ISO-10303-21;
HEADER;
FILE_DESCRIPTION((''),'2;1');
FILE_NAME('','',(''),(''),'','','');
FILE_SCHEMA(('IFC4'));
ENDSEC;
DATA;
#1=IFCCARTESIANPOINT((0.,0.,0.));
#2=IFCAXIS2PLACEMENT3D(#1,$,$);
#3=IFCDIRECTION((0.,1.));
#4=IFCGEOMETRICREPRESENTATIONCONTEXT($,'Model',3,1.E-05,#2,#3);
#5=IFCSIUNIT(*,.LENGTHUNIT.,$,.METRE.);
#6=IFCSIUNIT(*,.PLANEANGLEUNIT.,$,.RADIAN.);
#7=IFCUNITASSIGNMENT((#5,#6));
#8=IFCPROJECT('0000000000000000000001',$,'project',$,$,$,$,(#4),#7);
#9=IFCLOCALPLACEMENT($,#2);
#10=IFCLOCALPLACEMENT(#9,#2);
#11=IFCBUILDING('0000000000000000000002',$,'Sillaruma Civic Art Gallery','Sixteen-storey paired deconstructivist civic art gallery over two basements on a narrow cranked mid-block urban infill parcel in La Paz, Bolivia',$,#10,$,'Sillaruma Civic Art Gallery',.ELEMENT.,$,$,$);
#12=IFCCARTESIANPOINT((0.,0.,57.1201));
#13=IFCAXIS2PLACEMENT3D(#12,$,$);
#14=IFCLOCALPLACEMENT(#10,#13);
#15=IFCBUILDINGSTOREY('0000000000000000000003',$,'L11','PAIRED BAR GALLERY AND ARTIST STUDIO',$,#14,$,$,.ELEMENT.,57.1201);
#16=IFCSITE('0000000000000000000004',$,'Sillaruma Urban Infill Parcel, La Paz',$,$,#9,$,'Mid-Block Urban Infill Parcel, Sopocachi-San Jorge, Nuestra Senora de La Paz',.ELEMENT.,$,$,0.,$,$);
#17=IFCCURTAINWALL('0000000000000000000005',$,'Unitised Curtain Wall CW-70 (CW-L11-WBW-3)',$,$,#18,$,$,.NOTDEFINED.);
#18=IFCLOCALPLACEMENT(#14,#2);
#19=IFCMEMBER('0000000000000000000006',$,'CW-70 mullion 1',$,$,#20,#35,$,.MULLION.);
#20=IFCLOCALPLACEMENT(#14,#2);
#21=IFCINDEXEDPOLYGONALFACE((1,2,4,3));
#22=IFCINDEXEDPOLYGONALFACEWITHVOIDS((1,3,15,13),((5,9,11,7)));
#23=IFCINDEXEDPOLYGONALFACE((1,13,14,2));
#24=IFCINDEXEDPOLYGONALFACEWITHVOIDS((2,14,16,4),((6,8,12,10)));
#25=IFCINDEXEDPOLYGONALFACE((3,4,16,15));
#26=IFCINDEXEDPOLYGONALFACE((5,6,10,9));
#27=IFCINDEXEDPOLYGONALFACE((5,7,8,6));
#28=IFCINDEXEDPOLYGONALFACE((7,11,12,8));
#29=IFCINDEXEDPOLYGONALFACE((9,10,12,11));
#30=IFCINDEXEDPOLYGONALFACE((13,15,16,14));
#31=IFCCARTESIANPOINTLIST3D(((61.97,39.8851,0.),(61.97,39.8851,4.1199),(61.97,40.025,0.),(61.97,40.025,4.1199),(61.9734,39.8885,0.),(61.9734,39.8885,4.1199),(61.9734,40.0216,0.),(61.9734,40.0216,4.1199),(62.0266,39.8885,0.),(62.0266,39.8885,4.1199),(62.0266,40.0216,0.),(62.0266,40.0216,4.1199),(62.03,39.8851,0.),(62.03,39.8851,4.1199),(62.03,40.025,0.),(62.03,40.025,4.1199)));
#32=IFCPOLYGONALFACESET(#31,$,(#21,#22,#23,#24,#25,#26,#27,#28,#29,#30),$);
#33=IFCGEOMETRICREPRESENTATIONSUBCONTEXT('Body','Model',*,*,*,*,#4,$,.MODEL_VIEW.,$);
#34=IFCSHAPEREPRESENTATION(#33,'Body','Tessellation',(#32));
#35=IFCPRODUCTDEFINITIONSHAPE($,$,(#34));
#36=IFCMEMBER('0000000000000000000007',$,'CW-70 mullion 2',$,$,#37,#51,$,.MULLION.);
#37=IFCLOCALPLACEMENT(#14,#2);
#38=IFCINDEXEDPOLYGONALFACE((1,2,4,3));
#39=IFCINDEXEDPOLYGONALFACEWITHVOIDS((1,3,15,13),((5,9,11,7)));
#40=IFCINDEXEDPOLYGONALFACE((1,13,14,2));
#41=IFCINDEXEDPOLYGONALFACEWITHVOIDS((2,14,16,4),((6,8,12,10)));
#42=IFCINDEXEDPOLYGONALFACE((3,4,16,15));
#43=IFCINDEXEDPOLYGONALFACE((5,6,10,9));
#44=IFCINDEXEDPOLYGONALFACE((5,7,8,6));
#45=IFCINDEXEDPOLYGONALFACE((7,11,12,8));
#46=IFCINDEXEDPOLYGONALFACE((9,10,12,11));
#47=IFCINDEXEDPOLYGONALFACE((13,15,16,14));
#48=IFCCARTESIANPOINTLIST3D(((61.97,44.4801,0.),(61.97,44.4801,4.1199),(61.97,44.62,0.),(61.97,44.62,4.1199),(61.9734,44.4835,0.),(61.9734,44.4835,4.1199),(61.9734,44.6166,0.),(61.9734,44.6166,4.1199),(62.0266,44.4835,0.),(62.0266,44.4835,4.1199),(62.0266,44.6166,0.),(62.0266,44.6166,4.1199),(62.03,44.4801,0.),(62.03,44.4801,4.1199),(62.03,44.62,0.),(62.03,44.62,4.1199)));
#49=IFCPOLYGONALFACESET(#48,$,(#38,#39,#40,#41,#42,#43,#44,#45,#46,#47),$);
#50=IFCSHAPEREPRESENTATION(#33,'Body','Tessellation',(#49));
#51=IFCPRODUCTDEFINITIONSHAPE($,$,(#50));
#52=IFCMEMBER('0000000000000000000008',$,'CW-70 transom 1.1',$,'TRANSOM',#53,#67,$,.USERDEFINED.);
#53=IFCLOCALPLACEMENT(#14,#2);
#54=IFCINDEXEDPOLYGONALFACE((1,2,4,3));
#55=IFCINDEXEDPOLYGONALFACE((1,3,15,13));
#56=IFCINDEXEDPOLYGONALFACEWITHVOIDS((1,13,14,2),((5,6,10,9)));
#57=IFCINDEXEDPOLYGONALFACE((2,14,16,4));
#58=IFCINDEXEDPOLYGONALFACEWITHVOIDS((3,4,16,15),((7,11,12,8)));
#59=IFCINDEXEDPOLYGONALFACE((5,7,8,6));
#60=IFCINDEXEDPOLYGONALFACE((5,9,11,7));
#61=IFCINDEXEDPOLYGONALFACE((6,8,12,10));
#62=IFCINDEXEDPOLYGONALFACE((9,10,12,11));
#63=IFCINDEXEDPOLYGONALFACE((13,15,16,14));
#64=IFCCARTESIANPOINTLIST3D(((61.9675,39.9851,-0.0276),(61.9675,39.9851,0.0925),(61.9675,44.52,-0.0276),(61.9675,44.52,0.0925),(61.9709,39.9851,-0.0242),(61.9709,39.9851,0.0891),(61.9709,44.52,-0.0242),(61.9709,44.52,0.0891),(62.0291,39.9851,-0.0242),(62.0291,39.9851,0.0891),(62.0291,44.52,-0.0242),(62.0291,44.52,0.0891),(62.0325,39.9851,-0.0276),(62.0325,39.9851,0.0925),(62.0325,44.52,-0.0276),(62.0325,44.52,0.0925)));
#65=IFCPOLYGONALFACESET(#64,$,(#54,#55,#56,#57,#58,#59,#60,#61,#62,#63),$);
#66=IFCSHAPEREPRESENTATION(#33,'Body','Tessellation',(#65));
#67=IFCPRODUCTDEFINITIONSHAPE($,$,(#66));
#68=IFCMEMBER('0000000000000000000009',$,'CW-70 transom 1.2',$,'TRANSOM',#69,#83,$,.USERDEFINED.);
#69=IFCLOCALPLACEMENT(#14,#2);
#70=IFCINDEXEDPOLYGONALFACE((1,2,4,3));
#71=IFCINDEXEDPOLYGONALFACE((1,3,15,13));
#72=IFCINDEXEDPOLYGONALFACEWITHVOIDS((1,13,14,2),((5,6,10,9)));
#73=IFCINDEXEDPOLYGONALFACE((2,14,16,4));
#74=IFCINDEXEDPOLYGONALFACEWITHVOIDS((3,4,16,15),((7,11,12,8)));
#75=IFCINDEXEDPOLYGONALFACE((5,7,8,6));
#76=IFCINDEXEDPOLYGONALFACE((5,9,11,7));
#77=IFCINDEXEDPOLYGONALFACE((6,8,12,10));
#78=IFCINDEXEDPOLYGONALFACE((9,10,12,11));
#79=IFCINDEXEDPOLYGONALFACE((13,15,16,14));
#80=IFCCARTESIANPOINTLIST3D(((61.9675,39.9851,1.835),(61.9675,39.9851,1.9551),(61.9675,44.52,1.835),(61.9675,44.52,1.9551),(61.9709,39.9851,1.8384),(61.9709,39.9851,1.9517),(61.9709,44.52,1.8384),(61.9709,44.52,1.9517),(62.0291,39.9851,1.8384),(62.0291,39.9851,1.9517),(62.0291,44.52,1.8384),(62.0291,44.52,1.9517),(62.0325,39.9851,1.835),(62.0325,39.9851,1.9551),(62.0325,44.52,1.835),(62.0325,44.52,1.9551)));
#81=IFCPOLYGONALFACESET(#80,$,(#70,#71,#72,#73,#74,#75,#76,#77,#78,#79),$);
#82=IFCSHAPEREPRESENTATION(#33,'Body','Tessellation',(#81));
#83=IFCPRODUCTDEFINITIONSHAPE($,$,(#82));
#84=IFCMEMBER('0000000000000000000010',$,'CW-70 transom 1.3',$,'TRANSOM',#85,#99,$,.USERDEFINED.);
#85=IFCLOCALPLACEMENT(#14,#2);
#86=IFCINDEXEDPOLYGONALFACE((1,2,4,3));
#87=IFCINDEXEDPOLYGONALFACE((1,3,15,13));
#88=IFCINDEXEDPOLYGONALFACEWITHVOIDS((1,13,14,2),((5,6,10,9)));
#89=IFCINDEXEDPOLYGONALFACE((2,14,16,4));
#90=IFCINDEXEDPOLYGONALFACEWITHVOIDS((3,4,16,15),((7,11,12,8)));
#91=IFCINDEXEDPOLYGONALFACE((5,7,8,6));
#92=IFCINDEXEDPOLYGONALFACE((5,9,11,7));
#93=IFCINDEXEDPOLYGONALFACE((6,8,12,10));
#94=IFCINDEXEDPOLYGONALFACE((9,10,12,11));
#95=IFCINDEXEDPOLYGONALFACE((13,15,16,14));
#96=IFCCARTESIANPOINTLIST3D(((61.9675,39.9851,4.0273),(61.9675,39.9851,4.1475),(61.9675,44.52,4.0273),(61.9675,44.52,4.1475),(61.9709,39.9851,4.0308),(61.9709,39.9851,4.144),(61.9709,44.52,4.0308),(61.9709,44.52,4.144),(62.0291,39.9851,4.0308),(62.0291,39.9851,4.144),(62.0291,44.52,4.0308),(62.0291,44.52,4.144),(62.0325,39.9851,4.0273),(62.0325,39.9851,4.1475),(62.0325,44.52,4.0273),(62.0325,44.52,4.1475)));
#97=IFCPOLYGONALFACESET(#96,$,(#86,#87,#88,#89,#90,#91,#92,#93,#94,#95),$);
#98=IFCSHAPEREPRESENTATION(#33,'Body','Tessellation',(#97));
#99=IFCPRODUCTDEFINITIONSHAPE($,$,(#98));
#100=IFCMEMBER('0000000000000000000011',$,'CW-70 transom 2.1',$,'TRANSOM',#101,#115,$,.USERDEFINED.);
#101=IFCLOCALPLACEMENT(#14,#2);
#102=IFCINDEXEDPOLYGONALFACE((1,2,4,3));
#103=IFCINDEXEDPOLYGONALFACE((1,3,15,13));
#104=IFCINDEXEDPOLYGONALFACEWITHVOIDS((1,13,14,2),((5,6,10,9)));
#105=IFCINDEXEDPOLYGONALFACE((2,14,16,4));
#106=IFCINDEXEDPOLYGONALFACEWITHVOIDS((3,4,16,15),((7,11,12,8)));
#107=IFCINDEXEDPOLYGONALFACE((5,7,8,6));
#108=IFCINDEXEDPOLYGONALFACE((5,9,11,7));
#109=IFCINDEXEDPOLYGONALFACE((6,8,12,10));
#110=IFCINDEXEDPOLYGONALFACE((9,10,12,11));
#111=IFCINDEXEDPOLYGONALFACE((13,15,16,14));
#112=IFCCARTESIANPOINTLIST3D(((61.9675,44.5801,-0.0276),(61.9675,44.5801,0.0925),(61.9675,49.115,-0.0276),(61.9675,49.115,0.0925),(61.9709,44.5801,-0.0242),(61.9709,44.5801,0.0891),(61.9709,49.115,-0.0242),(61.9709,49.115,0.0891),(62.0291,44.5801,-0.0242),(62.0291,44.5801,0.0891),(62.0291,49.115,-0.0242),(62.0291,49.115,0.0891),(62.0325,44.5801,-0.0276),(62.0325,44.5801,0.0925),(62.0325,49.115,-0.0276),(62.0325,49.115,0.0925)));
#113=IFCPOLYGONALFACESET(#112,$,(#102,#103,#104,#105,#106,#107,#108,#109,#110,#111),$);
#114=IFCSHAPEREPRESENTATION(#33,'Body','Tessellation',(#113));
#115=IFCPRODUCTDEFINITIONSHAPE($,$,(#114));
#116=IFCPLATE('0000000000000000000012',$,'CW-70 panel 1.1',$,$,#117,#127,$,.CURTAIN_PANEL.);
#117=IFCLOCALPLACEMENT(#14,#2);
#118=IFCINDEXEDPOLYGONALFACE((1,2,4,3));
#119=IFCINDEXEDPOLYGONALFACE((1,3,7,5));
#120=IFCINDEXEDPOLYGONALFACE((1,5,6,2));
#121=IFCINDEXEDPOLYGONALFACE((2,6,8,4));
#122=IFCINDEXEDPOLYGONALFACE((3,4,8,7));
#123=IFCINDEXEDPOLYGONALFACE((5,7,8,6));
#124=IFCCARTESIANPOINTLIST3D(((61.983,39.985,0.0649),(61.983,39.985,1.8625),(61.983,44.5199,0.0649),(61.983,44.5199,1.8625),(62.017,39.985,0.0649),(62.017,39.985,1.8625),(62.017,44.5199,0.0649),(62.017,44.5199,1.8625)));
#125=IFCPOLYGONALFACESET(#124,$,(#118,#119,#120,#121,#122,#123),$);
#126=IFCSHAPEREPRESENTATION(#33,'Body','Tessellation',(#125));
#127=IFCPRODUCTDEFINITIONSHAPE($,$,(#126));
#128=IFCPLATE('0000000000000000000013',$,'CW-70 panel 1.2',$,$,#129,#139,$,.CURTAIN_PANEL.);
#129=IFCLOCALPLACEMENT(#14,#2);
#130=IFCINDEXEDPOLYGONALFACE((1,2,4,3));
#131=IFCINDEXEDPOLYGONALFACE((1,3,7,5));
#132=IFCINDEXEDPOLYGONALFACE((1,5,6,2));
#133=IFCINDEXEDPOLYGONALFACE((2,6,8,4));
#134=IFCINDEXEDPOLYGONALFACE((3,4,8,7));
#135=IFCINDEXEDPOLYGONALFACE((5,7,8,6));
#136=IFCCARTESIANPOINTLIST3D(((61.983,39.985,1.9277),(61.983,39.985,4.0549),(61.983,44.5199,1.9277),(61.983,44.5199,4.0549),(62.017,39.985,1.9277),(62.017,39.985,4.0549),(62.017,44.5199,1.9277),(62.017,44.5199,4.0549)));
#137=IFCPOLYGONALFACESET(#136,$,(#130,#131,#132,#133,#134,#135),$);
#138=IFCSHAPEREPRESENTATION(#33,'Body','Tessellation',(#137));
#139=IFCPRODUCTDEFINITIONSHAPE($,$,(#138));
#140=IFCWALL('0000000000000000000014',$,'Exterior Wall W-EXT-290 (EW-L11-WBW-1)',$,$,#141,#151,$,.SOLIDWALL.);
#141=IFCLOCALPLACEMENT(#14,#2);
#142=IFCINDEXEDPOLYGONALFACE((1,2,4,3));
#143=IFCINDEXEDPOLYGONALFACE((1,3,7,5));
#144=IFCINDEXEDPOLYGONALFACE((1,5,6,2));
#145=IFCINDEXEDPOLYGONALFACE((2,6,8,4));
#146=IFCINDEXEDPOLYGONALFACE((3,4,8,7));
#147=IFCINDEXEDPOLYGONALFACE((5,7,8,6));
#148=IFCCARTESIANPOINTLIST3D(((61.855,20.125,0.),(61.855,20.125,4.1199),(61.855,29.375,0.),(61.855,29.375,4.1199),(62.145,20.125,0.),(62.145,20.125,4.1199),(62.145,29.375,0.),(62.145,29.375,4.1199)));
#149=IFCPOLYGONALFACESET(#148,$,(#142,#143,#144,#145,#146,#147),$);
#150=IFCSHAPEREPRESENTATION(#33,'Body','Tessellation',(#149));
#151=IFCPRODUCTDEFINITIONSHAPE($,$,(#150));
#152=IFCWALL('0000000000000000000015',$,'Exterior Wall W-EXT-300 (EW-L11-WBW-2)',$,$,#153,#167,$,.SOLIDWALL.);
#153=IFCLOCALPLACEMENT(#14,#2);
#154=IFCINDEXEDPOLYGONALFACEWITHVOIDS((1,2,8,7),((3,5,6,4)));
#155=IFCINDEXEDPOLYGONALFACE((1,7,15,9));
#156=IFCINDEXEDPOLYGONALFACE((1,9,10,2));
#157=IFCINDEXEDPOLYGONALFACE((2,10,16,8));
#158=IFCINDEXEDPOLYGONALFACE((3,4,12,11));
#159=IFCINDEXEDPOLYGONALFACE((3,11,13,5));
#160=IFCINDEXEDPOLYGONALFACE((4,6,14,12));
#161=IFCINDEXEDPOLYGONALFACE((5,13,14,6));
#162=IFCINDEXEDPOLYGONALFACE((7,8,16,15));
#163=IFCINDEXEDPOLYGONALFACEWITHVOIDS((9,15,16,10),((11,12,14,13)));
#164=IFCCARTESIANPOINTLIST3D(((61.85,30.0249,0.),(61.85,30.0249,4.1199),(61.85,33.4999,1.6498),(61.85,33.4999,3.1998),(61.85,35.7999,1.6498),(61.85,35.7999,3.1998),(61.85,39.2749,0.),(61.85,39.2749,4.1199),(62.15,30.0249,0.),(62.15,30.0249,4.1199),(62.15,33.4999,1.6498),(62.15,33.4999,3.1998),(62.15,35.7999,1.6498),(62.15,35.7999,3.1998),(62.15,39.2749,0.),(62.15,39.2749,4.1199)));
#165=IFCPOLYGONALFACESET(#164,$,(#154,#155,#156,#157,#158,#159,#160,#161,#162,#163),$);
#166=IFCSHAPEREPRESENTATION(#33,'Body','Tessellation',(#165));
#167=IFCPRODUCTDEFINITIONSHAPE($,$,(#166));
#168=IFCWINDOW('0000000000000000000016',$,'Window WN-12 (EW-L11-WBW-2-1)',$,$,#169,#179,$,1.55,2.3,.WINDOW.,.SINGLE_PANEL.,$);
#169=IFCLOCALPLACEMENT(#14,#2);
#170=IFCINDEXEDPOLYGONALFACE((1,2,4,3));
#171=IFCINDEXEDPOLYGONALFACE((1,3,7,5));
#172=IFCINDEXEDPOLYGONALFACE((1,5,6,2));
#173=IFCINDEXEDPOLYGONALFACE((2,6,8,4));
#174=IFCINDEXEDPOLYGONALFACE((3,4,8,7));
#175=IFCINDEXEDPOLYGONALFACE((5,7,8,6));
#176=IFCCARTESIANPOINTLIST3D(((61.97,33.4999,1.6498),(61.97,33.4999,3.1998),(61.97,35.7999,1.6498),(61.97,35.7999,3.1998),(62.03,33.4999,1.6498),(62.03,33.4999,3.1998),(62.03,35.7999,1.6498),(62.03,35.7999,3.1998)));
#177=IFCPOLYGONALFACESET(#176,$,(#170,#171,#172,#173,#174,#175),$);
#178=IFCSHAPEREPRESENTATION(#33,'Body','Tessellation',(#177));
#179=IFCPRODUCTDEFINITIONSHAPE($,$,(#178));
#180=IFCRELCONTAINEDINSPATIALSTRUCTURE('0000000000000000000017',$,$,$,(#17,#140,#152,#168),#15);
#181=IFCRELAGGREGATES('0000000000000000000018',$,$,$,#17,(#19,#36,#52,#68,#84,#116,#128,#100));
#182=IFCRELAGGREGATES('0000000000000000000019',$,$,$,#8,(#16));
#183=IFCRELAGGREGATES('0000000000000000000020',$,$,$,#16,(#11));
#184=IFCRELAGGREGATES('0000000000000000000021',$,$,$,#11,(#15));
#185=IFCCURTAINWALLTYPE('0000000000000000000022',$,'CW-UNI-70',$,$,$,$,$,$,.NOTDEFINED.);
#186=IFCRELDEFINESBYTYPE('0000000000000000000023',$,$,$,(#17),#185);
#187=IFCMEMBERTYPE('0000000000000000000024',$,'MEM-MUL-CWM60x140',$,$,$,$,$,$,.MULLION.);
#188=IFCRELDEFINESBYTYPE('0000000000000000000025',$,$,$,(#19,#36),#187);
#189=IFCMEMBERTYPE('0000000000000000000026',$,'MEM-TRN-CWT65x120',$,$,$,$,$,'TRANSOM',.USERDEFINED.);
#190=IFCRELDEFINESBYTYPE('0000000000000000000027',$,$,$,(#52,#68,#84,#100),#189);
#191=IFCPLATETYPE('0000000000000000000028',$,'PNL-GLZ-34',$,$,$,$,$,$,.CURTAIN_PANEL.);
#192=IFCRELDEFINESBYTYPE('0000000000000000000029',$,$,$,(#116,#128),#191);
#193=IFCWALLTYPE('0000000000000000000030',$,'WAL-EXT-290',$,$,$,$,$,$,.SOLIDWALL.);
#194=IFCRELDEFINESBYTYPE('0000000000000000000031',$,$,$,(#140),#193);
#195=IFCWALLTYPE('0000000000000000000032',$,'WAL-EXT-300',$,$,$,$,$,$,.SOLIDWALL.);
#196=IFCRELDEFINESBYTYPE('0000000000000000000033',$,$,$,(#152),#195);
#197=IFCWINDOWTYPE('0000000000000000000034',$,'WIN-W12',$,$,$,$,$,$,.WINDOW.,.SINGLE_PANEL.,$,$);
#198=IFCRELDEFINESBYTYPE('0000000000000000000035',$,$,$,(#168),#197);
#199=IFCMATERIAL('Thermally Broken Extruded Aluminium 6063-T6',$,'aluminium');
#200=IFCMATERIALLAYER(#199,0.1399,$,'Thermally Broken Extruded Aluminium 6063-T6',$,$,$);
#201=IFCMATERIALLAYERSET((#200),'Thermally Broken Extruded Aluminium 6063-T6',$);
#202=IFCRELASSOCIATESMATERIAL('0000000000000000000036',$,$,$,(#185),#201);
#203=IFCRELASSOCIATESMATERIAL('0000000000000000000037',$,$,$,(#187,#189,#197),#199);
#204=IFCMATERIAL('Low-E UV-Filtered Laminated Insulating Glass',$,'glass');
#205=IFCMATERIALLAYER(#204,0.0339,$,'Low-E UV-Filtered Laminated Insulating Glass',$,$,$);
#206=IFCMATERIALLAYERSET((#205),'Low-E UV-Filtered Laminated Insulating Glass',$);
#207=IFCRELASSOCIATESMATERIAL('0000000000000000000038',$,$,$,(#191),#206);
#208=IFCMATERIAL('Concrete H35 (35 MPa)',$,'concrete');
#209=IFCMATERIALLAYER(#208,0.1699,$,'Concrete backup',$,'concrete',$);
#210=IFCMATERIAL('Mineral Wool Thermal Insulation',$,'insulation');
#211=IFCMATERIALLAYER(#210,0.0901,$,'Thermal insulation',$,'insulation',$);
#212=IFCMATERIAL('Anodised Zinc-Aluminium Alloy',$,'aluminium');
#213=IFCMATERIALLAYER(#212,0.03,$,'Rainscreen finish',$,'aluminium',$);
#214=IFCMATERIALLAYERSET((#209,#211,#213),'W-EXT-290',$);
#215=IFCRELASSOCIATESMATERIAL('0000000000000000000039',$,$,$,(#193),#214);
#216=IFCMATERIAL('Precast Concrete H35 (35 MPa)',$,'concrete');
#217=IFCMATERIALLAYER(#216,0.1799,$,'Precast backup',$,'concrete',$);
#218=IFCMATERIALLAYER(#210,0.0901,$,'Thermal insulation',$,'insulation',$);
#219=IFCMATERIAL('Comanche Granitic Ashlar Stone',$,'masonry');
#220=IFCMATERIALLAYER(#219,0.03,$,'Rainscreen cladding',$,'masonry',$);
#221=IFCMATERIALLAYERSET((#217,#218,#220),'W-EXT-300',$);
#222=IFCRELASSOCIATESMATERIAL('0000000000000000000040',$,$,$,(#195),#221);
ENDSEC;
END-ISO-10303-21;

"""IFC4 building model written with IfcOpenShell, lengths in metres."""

from ifc_helpers import new_model, si_unit, direction, frame, frame_2d, origin, origin_2d, place, context, subcontext, project, spatial, rectangle, hollow_rectangle, extrude, material, layer, layer_set, material_profile, profile_set, type_object, element, fill, aggregate, save


model = new_model("IFC4")

# Units and contexts
model_context = context("Model", 3, precision=1e-05, world=origin(), true_north=direction((0.0, 1.0)))
body_context = subcontext(model_context, "Body", "Model", "MODEL_VIEW")
ifc_project = project(units=[si_unit("LENGTHUNIT", "METRE"), si_unit("PLANEANGLEUNIT", "RADIAN")], contexts=[model_context])

# Site, building, storey
site_placement = place(None, origin())
site = spatial("IfcSite", under=ifc_project, at=site_placement, Name="Sillaruma Urban Infill Parcel, La Paz", LongName="Mid-Block Urban Infill Parcel, Sopocachi-San Jorge, Nuestra Senora de La Paz", CompositionType="ELEMENT", RefElevation=0.0)
building_placement = place(site_placement, origin())
building = spatial("IfcBuilding", under=site, at=building_placement, Name="Sillaruma Civic Art Gallery", Description="Sixteen-storey paired deconstructivist civic art gallery over two basements on a narrow cranked mid-block urban infill parcel in La Paz, Bolivia", LongName="Sillaruma Civic Art Gallery", CompositionType="ELEMENT")
storey_placement = place(building_placement, frame((0.0, 0.0, 57.1201)))
storey = spatial("IfcBuildingStorey", under=building, at=storey_placement, Name="L11", Description="PAIRED BAR GALLERY AND ARTIST STUDIO", CompositionType="ELEMENT", Elevation=57.1201)

# Shared definitions
ifc_material_1 = material(Name="Concrete H35 (35 MPa)", Category="concrete")

# Curtain wall, members, plates
ifc_material_2 = material(Name="Thermally Broken Extruded Aluminium 6063-T6", Category="aluminium")
ifc_layer_1 = layer(ifc_material_2, 0.1399, Name="Thermally Broken Extruded Aluminium 6063-T6")
ifc_layer_set_1 = layer_set([ifc_layer_1], Name="Thermally Broken Extruded Aluminium 6063-T6")
curtain_wall_type = type_object("IfcCurtainWallType", Name="CW-UNI-70", PredefinedType="NOTDEFINED", material=ifc_layer_set_1)
curtain_wall_placement = place(storey_placement, origin())
curtain_wall = element("IfcCurtainWall", 1, at=curtain_wall_placement, inside=storey, type_object=curtain_wall_type, Name="Unitised Curtain Wall CW-70 (CW-L11-WBW-3)", PredefinedType="NOTDEFINED")
ifc_material_profile_1 = material_profile(ifc_material_2, hollow_rectangle(XDim=0.0601, YDim=0.1399, WallThickness=0.0034, at=origin_2d()), Name="CWM60x140")
ifc_profile_set_1 = profile_set([ifc_material_profile_1], Name="Thermally Broken Extruded Aluminium 6063-T6")
member_type_1 = type_object("IfcMemberType", Name="MEM-MUL-CWM60x140", PredefinedType="MULLION", material=ifc_profile_set_1)
member_1_placement = place(storey_placement, frame((62.0, 39.9551, 0.0), z_axis=(0.0, 0.0, 1.0), x_axis=(-1.0, 0.0, 0.0)))
member_1 = element("IfcMember", 2, at=member_1_placement, type_object=member_type_1, Name="CW-70 mullion 1", PredefinedType="MULLION", context=body_context, shape_type="SweptSolid", body=[
    extrude(hollow_rectangle(XDim=0.0601, YDim=0.1399, WallThickness=0.0034, at=origin_2d()), origin(), (0.0, 0.0, 1.0), 4.1199),
])
member_2_placement = place(storey_placement, frame((62.0, 44.55, 0.0), z_axis=(0.0, 0.0, 1.0), x_axis=(-1.0, 0.0, 0.0)))
member_2 = element("IfcMember", 3, at=member_2_placement, type_object=member_type_1, Name="CW-70 mullion 2", PredefinedType="MULLION", context=body_context, shape_type="SweptSolid", body=[
    extrude(hollow_rectangle(XDim=0.0601, YDim=0.1399, WallThickness=0.0034, at=origin_2d()), origin(), (0.0, 0.0, 1.0), 4.1199),
])
ifc_material_profile_2 = material_profile(ifc_material_2, hollow_rectangle(XDim=0.0649, YDim=0.1201, WallThickness=0.0034, at=origin_2d()), Name="CWT65x120")
ifc_profile_set_2 = profile_set([ifc_material_profile_2], Name="Thermally Broken Extruded Aluminium 6063-T6")
member_type_2 = type_object("IfcMemberType", Name="MEM-TRN-CWT65x120", ElementType="TRANSOM", PredefinedType="USERDEFINED", material=ifc_profile_set_2)
member_3_placement = place(storey_placement, frame((62.0, 39.9851, 0.0325), z_axis=(0.0, 1.0, 0.0), x_axis=(-1.0, 0.0, 0.0)))
member_3 = element("IfcMember", 4, at=member_3_placement, type_object=member_type_2, Name="CW-70 transom 1.1", ObjectType="TRANSOM", PredefinedType="USERDEFINED", context=body_context, shape_type="SweptSolid", body=[
    extrude(hollow_rectangle(XDim=0.0649, YDim=0.1201, WallThickness=0.0034, at=origin_2d()), origin(), (0.0, 0.0, 1.0), 4.5349),
])
member_4_placement = place(storey_placement, frame((62.0, 39.9851, 1.895), z_axis=(0.0, 1.0, 0.0), x_axis=(-1.0, 0.0, 0.0)))
member_4 = element("IfcMember", 5, at=member_4_placement, type_object=member_type_2, Name="CW-70 transom 1.2", ObjectType="TRANSOM", PredefinedType="USERDEFINED", context=body_context, shape_type="SweptSolid", body=[
    extrude(hollow_rectangle(XDim=0.0649, YDim=0.1201, WallThickness=0.0034, at=origin_2d()), origin(), (0.0, 0.0, 1.0), 4.5349),
])
member_5_placement = place(storey_placement, frame((62.0, 39.9851, 4.0874), z_axis=(0.0, 1.0, 0.0), x_axis=(-1.0, 0.0, 0.0)))
member_5 = element("IfcMember", 6, at=member_5_placement, type_object=member_type_2, Name="CW-70 transom 1.3", ObjectType="TRANSOM", PredefinedType="USERDEFINED", context=body_context, shape_type="SweptSolid", body=[
    extrude(hollow_rectangle(XDim=0.0649, YDim=0.1201, WallThickness=0.0034, at=origin_2d()), origin(), (0.0, 0.0, 1.0), 4.5349),
])
member_6_placement = place(storey_placement, frame((62.0, 44.5801, 0.0325), z_axis=(0.0, 1.0, 0.0), x_axis=(-1.0, 0.0, 0.0)))
member_6 = element("IfcMember", 7, at=member_6_placement, type_object=member_type_2, Name="CW-70 transom 2.1", ObjectType="TRANSOM", PredefinedType="USERDEFINED", context=body_context, shape_type="SweptSolid", body=[
    extrude(hollow_rectangle(XDim=0.0649, YDim=0.1201, WallThickness=0.0034, at=origin_2d()), origin(), (0.0, 0.0, 1.0), 4.5349),
])
ifc_material_3 = material(Name="Low-E UV-Filtered Laminated Insulating Glass", Category="glass")
ifc_layer_2 = layer(ifc_material_3, 0.0339, Name="Low-E UV-Filtered Laminated Insulating Glass")
ifc_layer_set_2 = layer_set([ifc_layer_2], Name="Low-E UV-Filtered Laminated Insulating Glass")
plate_type = type_object("IfcPlateType", Name="PNL-GLZ-34", PredefinedType="CURTAIN_PANEL", material=ifc_layer_set_2)
plate_1_placement = place(storey_placement, frame((62.0, 42.2524, 0.0649), z_axis=(0.0, 0.0, 1.0), x_axis=(0.0, 1.0, 0.0)))
plate_1 = element("IfcPlate", 8, at=plate_1_placement, type_object=plate_type, Name="CW-70 panel 1.1", PredefinedType="CURTAIN_PANEL", context=body_context, shape_type="SweptSolid", body=[
    extrude(rectangle(XDim=4.5349, YDim=0.0339, at=origin_2d()), origin(), (0.0, 0.0, 1.0), 1.7976),
])
plate_2_placement = place(storey_placement, frame((62.0, 42.2524, 1.9277), z_axis=(0.0, 0.0, 1.0), x_axis=(0.0, 1.0, 0.0)))
plate_2 = element("IfcPlate", 9, at=plate_2_placement, type_object=plate_type, Name="CW-70 panel 1.2", PredefinedType="CURTAIN_PANEL", context=body_context, shape_type="SweptSolid", body=[
    extrude(rectangle(XDim=4.5349, YDim=0.0339, at=origin_2d()), origin(), (0.0, 0.0, 1.0), 2.1272),
])
aggregate(curtain_wall, [member_1, member_2, member_3, member_4, member_5, plate_1, plate_2, member_6])

# Wall
ifc_layer_3 = layer(ifc_material_1, 0.1699, Name="Concrete backup", Category="concrete")
ifc_material_4 = material(Name="Mineral Wool Thermal Insulation", Category="insulation")
ifc_layer_4 = layer(ifc_material_4, 0.0901, Name="Thermal insulation", Category="insulation")
ifc_material_5 = material(Name="Anodised Zinc-Aluminium Alloy", Category="aluminium")
ifc_layer_5 = layer(ifc_material_5, 0.03, Name="Rainscreen finish", Category="aluminium")
ifc_layer_set_3 = layer_set([ifc_layer_3, ifc_layer_4, ifc_layer_5], Name="W-EXT-290")
wall_type_1 = type_object("IfcWallType", Name="WAL-EXT-290", PredefinedType="SOLIDWALL", material=ifc_layer_set_3)
wall_1_placement = place(storey_placement, frame((62.0, 20.125, 0.0), z_axis=(0.0, 0.0, 1.0), x_axis=(0.0, 1.0, 0.0)))
element("IfcWall", 10, at=wall_1_placement, inside=storey, type_object=wall_type_1, Name="Exterior Wall W-EXT-290 (EW-L11-WBW-1)", PredefinedType="SOLIDWALL", context=body_context, shape_type="SweptSolid", body=[
    extrude(rectangle(XDim=9.25, YDim=0.29, at=frame_2d((4.625, 0.0))), origin(), (0.0, 0.0, 1.0), 4.1199),
])

# Wall, opening, window
ifc_material_6 = material(Name="Precast Concrete H35 (35 MPa)", Category="concrete")
ifc_layer_6 = layer(ifc_material_6, 0.1799, Name="Precast backup", Category="concrete")
ifc_layer_7 = layer(ifc_material_4, 0.0901, Name="Thermal insulation", Category="insulation")
ifc_material_7 = material(Name="Comanche Granitic Ashlar Stone", Category="masonry")
ifc_layer_8 = layer(ifc_material_7, 0.03, Name="Rainscreen cladding", Category="masonry")
ifc_layer_set_4 = layer_set([ifc_layer_6, ifc_layer_7, ifc_layer_8], Name="W-EXT-300")
wall_type_2 = type_object("IfcWallType", Name="WAL-EXT-300", PredefinedType="SOLIDWALL", material=ifc_layer_set_4)
wall_2_placement = place(storey_placement, frame((62.0, 30.0249, 0.0), z_axis=(0.0, 0.0, 1.0), x_axis=(0.0, 1.0, 0.0)))
wall_2 = element("IfcWall", 11, at=wall_2_placement, inside=storey, type_object=wall_type_2, Name="Exterior Wall W-EXT-300 (EW-L11-WBW-2)", PredefinedType="SOLIDWALL", context=body_context, shape_type="SweptSolid", body=[
    extrude(rectangle(XDim=9.25, YDim=0.3, at=frame_2d((4.625, 0.0))), origin(), (0.0, 0.0, 1.0), 4.1199),
])
opening_placement = place(wall_2_placement, frame((3.4751, 0.0, 1.6499)))
opening = element("IfcOpeningElement", 12, at=opening_placement, cuts=wall_2, PredefinedType="OPENING", context=body_context, shape_type="SweptSolid", body=[
    extrude(rectangle(XDim=2.3, YDim=1.55, at=frame_2d((1.1499, 0.7749))), frame((0.0, 0.1599, 0.0), z_axis=(0.0, -1.0, 0.0), x_axis=(1.0, 0.0, 0.0)), (0.0, 0.0, 1.0), 0.3201),
])
window_type = type_object("IfcWindowType", Name="WIN-W12", PartitioningType="SINGLE_PANEL", PredefinedType="WINDOW", material=ifc_material_2)
window_placement = place(opening_placement, origin())
window = element("IfcWindow", 13, at=window_placement, inside=storey, type_object=window_type, Name="Window WN-12 (EW-L11-WBW-2-1)", OverallHeight=1.55, OverallWidth=2.3, PartitioningType="SINGLE_PANEL", PredefinedType="WINDOW", context=body_context, shape_type="SweptSolid", body=[
    extrude(rectangle(XDim=2.3, YDim=1.55, at=frame_2d((1.1499, 0.7749))), frame((0.0, 0.03, 0.0), z_axis=(0.0, -1.0, 0.0), x_axis=(1.0, 0.0, 0.0)), (0.0, 0.0, 1.0), 0.0601),
])
fill(opening, window)

save(model, "model.ifc")
